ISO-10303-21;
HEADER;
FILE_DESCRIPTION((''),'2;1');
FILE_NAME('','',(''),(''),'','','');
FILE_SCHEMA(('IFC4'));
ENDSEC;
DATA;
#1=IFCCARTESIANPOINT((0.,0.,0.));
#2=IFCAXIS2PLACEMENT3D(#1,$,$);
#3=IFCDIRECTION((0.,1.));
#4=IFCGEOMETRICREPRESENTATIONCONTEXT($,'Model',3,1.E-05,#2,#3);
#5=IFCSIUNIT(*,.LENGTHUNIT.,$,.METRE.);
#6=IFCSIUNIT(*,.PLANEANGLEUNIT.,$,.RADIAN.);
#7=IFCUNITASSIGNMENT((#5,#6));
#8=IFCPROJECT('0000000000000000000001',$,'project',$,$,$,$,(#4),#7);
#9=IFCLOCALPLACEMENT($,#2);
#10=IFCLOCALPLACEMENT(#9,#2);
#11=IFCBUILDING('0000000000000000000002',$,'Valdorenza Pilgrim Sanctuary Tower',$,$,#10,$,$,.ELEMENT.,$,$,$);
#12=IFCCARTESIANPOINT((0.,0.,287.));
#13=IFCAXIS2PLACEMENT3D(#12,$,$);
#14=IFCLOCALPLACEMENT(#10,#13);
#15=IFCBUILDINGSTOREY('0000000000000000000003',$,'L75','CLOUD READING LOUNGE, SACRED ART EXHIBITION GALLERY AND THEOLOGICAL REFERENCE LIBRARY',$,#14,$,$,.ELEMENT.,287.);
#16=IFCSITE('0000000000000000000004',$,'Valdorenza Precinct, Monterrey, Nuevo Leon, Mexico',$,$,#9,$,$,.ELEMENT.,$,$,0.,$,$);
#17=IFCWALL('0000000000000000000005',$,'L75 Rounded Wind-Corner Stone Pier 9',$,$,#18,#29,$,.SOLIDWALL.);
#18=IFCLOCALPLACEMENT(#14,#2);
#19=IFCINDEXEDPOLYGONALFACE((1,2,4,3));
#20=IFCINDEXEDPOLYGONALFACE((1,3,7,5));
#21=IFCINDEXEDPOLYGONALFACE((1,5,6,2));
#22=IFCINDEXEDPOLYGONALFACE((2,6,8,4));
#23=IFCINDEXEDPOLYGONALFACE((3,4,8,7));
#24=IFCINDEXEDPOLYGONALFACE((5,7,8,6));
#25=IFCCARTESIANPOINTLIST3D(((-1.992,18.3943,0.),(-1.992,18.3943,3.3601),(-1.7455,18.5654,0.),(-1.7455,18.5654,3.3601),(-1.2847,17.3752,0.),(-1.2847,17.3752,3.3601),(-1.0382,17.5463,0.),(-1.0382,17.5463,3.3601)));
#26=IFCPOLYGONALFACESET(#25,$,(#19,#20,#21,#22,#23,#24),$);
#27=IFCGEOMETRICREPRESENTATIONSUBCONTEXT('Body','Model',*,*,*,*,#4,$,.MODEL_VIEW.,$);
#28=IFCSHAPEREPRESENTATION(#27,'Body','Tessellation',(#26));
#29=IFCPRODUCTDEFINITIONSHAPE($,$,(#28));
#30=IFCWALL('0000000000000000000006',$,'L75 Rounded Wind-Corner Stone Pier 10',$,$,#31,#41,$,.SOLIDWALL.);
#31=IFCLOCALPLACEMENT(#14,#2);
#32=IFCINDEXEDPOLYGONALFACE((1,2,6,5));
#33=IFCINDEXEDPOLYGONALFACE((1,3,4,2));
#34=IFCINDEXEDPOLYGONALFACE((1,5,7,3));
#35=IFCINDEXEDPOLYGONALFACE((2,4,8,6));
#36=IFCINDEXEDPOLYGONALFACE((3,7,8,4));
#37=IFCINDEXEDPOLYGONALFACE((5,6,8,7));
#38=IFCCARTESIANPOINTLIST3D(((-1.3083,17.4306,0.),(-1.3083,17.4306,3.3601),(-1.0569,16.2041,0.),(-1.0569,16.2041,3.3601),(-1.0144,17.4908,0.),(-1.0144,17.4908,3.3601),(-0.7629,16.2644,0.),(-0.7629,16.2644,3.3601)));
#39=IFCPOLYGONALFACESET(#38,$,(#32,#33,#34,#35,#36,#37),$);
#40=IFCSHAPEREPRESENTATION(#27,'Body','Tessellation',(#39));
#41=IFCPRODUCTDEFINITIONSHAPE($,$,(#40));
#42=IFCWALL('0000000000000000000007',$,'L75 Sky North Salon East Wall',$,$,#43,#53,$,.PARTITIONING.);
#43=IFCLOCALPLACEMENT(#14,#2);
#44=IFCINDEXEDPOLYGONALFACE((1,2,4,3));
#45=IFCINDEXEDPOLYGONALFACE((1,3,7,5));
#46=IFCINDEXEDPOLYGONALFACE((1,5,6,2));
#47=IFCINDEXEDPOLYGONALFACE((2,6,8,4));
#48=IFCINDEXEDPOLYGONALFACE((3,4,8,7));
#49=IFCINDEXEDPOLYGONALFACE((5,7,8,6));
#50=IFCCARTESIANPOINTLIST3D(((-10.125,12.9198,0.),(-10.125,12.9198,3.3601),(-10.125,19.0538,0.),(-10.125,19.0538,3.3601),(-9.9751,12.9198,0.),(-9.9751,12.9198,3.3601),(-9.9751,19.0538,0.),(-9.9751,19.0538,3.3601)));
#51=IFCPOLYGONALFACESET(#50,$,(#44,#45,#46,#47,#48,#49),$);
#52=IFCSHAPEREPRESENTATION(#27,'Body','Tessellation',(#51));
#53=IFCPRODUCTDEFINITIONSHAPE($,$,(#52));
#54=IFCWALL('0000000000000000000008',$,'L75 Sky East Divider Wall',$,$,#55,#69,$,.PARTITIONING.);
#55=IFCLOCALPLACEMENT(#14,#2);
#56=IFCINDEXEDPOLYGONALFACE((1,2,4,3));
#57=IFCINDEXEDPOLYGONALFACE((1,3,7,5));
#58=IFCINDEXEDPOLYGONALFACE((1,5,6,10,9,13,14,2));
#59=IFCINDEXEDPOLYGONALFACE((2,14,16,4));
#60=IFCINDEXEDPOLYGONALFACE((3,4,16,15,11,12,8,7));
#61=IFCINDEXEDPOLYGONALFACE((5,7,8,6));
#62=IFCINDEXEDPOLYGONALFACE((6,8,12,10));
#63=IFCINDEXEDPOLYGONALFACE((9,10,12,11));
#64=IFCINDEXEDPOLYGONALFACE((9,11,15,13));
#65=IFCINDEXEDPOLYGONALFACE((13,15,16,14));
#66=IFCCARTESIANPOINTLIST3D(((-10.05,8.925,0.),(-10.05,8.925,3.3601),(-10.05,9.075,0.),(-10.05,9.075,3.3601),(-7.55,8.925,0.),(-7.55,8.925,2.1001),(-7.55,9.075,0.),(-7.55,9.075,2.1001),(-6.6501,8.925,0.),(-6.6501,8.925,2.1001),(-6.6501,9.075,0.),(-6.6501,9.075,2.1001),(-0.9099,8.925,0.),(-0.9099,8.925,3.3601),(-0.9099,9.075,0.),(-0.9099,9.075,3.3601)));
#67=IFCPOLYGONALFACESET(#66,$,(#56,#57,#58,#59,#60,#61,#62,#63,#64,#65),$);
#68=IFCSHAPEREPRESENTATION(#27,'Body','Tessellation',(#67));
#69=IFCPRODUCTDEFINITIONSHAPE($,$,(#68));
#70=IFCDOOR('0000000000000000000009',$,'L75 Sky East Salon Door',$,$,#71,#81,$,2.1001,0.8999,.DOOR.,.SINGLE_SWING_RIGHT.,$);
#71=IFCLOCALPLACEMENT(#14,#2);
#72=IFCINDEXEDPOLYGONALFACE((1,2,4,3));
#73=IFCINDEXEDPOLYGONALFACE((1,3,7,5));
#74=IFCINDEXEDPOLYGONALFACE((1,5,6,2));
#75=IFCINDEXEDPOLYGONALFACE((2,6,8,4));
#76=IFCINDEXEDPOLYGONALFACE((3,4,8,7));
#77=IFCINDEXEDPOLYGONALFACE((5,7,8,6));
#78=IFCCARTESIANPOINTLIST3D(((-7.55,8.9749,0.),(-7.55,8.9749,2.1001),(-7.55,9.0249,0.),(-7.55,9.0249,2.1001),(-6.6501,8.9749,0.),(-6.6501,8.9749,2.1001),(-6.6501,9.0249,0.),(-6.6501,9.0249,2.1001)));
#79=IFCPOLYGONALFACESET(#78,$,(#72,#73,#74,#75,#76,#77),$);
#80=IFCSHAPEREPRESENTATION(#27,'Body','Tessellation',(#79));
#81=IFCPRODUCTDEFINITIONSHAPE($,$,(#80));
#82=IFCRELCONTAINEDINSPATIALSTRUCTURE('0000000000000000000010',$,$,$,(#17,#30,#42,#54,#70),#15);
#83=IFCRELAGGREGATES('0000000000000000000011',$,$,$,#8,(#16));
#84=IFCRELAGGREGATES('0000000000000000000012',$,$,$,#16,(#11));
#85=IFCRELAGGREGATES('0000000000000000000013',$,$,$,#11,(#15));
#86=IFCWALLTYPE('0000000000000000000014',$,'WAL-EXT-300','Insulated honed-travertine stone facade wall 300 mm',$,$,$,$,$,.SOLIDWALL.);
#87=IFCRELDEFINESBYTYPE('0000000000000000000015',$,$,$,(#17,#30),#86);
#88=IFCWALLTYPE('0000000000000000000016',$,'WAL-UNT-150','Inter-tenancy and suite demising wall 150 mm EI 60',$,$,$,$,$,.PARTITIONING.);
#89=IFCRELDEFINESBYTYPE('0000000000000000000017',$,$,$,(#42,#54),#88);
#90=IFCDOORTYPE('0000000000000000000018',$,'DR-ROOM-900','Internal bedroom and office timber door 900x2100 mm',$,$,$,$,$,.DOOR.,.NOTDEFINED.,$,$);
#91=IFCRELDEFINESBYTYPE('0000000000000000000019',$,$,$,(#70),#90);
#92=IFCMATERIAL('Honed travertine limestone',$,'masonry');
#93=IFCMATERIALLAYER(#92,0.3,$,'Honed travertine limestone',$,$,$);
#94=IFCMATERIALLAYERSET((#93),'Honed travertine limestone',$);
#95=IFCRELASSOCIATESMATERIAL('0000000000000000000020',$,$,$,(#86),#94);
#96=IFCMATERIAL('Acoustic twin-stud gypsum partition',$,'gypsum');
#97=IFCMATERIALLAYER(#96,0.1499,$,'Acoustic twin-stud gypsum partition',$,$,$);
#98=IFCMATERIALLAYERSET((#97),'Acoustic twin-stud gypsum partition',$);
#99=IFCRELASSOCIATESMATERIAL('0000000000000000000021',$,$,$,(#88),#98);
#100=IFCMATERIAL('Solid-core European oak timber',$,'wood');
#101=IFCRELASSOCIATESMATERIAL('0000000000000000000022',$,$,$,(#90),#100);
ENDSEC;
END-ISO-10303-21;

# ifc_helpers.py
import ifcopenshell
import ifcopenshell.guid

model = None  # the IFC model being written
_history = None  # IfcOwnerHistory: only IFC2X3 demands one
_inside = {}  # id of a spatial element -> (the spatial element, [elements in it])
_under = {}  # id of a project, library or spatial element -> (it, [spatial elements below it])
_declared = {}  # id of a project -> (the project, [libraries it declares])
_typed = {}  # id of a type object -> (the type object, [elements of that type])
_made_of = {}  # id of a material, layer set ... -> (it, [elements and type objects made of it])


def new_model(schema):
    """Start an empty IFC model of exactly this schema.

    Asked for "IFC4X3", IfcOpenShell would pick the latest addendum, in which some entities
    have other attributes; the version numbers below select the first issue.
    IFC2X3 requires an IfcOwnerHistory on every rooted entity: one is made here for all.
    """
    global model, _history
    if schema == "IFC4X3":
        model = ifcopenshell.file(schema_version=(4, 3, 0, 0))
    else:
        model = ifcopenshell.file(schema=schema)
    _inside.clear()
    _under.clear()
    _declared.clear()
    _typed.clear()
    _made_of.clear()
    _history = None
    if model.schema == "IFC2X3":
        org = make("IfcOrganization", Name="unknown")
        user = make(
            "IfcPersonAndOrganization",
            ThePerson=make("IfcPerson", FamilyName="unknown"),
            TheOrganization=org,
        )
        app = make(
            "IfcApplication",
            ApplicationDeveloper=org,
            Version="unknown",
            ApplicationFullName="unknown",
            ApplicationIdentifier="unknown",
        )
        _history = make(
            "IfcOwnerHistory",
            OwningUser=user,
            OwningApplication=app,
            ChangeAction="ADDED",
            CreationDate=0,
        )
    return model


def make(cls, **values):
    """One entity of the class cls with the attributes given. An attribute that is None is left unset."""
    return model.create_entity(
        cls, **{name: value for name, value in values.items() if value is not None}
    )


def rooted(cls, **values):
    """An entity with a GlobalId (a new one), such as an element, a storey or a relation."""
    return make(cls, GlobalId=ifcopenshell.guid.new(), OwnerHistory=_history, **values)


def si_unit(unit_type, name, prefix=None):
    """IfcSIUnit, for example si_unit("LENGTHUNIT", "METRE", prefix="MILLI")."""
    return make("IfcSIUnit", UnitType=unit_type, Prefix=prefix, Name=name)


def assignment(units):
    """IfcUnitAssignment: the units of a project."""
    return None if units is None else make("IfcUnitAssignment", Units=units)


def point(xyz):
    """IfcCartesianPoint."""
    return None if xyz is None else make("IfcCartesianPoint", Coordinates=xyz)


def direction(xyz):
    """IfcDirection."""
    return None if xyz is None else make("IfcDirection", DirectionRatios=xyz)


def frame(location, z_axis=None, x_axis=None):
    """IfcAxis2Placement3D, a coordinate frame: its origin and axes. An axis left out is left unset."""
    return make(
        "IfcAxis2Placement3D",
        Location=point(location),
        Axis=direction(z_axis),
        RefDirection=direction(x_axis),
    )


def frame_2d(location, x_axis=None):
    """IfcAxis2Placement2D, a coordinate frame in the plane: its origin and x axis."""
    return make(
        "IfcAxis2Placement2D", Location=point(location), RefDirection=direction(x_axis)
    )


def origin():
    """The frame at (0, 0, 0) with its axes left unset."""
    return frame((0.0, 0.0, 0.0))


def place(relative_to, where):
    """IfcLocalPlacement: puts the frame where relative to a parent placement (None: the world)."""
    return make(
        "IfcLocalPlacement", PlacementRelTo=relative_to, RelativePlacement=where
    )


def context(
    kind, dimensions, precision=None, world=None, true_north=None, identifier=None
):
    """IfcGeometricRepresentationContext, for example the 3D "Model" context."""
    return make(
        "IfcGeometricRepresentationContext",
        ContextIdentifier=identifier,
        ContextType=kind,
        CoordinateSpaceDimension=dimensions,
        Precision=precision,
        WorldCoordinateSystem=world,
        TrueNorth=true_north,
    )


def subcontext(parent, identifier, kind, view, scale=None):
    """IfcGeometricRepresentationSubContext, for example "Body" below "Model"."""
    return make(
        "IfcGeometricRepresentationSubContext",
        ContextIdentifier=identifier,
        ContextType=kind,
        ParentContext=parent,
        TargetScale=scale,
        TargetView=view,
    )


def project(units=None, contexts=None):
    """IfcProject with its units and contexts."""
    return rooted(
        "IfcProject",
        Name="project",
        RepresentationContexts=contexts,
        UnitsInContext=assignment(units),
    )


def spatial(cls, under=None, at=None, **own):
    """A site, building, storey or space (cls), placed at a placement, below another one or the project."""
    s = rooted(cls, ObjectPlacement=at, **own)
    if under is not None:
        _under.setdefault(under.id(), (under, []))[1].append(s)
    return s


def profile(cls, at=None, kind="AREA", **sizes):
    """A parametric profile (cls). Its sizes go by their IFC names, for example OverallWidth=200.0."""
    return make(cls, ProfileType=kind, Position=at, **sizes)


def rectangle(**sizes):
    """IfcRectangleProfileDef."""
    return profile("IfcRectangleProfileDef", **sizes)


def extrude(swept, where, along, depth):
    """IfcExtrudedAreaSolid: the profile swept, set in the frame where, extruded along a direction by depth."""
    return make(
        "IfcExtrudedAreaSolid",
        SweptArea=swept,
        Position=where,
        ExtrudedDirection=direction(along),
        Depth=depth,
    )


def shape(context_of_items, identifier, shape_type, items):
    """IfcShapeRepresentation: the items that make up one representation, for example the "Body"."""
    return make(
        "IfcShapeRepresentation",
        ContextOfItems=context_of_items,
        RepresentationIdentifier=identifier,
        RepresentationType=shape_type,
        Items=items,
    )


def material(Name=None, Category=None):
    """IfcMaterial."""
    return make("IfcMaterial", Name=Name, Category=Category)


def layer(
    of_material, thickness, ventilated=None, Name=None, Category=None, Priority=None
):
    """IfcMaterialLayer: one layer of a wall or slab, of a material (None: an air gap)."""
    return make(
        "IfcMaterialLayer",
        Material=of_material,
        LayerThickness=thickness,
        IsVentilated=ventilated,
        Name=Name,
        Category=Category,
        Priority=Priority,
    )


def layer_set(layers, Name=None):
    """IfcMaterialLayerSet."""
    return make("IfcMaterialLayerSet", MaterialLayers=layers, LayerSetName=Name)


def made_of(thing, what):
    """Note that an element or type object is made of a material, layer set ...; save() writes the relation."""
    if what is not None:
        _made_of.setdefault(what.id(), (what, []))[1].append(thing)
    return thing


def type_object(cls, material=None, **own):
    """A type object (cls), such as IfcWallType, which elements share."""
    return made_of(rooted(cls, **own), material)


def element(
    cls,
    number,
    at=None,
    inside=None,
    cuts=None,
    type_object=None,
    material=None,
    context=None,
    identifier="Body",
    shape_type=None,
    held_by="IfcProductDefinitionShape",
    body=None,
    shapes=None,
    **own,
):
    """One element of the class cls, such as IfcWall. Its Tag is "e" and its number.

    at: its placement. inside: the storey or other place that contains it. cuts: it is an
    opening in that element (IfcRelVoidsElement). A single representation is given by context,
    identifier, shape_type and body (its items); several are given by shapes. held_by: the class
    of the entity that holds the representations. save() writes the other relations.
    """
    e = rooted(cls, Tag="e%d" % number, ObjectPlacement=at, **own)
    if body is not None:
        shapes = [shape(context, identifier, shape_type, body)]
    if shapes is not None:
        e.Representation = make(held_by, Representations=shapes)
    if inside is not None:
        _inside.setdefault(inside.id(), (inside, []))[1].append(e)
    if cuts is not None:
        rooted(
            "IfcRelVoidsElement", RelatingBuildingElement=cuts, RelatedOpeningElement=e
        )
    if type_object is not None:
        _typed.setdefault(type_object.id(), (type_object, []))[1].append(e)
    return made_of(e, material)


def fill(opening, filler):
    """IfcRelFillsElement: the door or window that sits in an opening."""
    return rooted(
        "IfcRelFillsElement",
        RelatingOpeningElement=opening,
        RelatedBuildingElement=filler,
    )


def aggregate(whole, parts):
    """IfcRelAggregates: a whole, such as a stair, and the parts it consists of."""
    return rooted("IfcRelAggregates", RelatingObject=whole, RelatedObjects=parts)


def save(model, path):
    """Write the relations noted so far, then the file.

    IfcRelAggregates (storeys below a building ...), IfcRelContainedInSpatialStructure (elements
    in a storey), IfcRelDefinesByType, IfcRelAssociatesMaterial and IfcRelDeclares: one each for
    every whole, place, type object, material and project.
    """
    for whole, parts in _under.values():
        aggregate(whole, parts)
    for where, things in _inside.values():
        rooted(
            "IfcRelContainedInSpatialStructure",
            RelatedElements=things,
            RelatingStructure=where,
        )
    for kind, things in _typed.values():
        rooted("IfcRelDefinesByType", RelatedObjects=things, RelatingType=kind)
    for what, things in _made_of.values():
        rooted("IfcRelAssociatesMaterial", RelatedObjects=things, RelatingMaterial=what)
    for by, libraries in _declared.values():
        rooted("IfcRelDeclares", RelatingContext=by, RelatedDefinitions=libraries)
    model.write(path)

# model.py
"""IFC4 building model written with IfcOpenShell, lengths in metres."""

from ifc_helpers import new_model, si_unit, direction, frame, frame_2d, origin, place, context, subcontext, project, spatial, rectangle, extrude, material, layer, layer_set, type_object, element, fill, save


model = new_model("IFC4")

# Units and contexts
model_context = context("Model", 3, precision=1e-05, world=origin(), true_north=direction((0.0, 1.0)))
body_context = subcontext(model_context, "Body", "Model", "MODEL_VIEW")
ifc_project = project(units=[si_unit("LENGTHUNIT", "METRE"), si_unit("PLANEANGLEUNIT", "RADIAN")], contexts=[model_context])

# Site, building, storey
site_placement = place(None, origin())
site = spatial("IfcSite", under=ifc_project, at=site_placement, Name="Valdorenza Precinct, Monterrey, Nuevo Leon, Mexico", CompositionType="ELEMENT", RefElevation=0.0)
building_placement = place(site_placement, origin())
building = spatial("IfcBuilding", under=site, at=building_placement, Name="Valdorenza Pilgrim Sanctuary Tower", CompositionType="ELEMENT")
storey_placement = place(building_placement, frame((0.0, 0.0, 287.0)))
storey = spatial("IfcBuildingStorey", under=building, at=storey_placement, Name="L75", Description="CLOUD READING LOUNGE, SACRED ART EXHIBITION GALLERY AND THEOLOGICAL REFERENCE LIBRARY", CompositionType="ELEMENT", Elevation=287.0)

# Shared definitions
ifc_material_1 = material(Name="Honed travertine limestone", Category="masonry")

# Walls
ifc_layer_1 = layer(ifc_material_1, 0.3, Name="Honed travertine limestone")
ifc_layer_set_1 = layer_set([ifc_layer_1], Name="Honed travertine limestone")
wall_type_1 = type_object("IfcWallType", Name="WAL-EXT-300", Description="Insulated honed-travertine stone facade wall 300 mm", PredefinedType="SOLIDWALL", material=ifc_layer_set_1)
for number, where, z_axis, x_axis, name in (
    (1, (-1.8687, 18.4797, 0.0), (0.0, 0.0, 1.0), (0.570182, -0.821518, 0.0), "L75 Rounded Wind-Corner Stone Pier 9"),
):
    element("IfcWall", number, at=place(storey_placement, frame(where, z_axis=z_axis, x_axis=x_axis)), inside=storey, type_object=wall_type_1, Name=name, PredefinedType="SOLIDWALL", context=body_context, shape_type="SweptSolid", body=[
        extrude(rectangle(XDim=1.2405, YDim=0.3, at=frame_2d((0.6201, 0.0))), origin(), (0.0, 0.0, 1.0), 3.3601),
    ])
wall_1_placement = place(storey_placement, frame((-1.1614, 17.4607, 0.0), z_axis=(0.0, 0.0, 1.0), x_axis=(0.200877, -0.979616, 0.0)))
element("IfcWall", 2, at=wall_1_placement, inside=storey, type_object=wall_type_1, Name="L75 Rounded Wind-Corner Stone Pier 10", PredefinedType="SOLIDWALL", context=body_context, shape_type="SweptSolid", body=[
    extrude(rectangle(XDim=1.252, YDim=0.3, at=frame_2d((0.626, 0.0))), origin(), (0.0, 0.0, 1.0), 3.3601),
])
ifc_material_2 = material(Name="Acoustic twin-stud gypsum partition", Category="gypsum")
ifc_layer_2 = layer(ifc_material_2, 0.1499, Name="Acoustic twin-stud gypsum partition")
ifc_layer_set_2 = layer_set([ifc_layer_2], Name="Acoustic twin-stud gypsum partition")
wall_type_2 = type_object("IfcWallType", Name="WAL-UNT-150", Description="Inter-tenancy and suite demising wall 150 mm EI 60", PredefinedType="PARTITIONING", material=ifc_layer_set_2)
wall_2_placement = place(storey_placement, frame((-10.05, 12.9199, 0.0), z_axis=(0.0, 0.0, 1.0), x_axis=(0.0, 1.0, 0.0)))
element("IfcWall", 3, at=wall_2_placement, inside=storey, type_object=wall_type_2, Name="L75 Sky North Salon East Wall", PredefinedType="PARTITIONING", context=body_context, shape_type="SweptSolid", body=[
    extrude(rectangle(XDim=6.134, YDim=0.1499, at=frame_2d((3.0669, 0.0))), origin(), (0.0, 0.0, 1.0), 3.3601),
])

# Wall, opening, door
wall_3_placement = place(storey_placement, frame((-10.05, 9.0, 0.0), z_axis=(0.0, 0.0, 1.0), x_axis=(1.0, 0.0, 0.0)))
wall_3 = element("IfcWall", 4, at=wall_3_placement, inside=storey, type_object=wall_type_2, Name="L75 Sky East Divider Wall", PredefinedType="PARTITIONING", context=body_context, shape_type="SweptSolid", body=[
    extrude(rectangle(XDim=9.1401, YDim=0.1499, at=frame_2d((4.5701, 0.0))), origin(), (0.0, 0.0, 1.0), 3.3601),
])
opening_placement = place(wall_3_placement, frame((2.5, 0.0, 0.0)))
opening = element("IfcOpeningElement", 5, at=opening_placement, cuts=wall_3, PredefinedType="OPENING", context=body_context, shape_type="SweptSolid", body=[
    extrude(rectangle(XDim=0.8999, YDim=2.1001, at=frame_2d((0.45, 1.05))), frame((0.0, 0.0898, 0.0), z_axis=(0.0, -1.0, 0.0), x_axis=(1.0, 0.0, 0.0)), (0.0, 0.0, 1.0), 0.1797),
])
ifc_material_3 = material(Name="Solid-core European oak timber", Category="wood")
door_type = type_object("IfcDoorType", Name="DR-ROOM-900", Description="Internal bedroom and office timber door 900x2100 mm", OperationType="NOTDEFINED", PredefinedType="DOOR", material=ifc_material_3)
door_placement = place(opening_placement, origin())
door = element("IfcDoor", 6, at=door_placement, inside=storey, type_object=door_type, Name="L75 Sky East Salon Door", OperationType="SINGLE_SWING_RIGHT", OverallHeight=2.1001, OverallWidth=0.8999, PredefinedType="DOOR", context=body_context, shape_type="SweptSolid", body=[
    extrude(rectangle(XDim=0.8999, YDim=2.1001, at=frame_2d((0.45, 1.05))), frame((0.0, 0.0249, 0.0), z_axis=(0.0, -1.0, 0.0), x_axis=(1.0, 0.0, 0.0)), (0.0, 0.0, 1.0), 0.05),
])
fill(opening, door)

save(model, "model.ifc")
